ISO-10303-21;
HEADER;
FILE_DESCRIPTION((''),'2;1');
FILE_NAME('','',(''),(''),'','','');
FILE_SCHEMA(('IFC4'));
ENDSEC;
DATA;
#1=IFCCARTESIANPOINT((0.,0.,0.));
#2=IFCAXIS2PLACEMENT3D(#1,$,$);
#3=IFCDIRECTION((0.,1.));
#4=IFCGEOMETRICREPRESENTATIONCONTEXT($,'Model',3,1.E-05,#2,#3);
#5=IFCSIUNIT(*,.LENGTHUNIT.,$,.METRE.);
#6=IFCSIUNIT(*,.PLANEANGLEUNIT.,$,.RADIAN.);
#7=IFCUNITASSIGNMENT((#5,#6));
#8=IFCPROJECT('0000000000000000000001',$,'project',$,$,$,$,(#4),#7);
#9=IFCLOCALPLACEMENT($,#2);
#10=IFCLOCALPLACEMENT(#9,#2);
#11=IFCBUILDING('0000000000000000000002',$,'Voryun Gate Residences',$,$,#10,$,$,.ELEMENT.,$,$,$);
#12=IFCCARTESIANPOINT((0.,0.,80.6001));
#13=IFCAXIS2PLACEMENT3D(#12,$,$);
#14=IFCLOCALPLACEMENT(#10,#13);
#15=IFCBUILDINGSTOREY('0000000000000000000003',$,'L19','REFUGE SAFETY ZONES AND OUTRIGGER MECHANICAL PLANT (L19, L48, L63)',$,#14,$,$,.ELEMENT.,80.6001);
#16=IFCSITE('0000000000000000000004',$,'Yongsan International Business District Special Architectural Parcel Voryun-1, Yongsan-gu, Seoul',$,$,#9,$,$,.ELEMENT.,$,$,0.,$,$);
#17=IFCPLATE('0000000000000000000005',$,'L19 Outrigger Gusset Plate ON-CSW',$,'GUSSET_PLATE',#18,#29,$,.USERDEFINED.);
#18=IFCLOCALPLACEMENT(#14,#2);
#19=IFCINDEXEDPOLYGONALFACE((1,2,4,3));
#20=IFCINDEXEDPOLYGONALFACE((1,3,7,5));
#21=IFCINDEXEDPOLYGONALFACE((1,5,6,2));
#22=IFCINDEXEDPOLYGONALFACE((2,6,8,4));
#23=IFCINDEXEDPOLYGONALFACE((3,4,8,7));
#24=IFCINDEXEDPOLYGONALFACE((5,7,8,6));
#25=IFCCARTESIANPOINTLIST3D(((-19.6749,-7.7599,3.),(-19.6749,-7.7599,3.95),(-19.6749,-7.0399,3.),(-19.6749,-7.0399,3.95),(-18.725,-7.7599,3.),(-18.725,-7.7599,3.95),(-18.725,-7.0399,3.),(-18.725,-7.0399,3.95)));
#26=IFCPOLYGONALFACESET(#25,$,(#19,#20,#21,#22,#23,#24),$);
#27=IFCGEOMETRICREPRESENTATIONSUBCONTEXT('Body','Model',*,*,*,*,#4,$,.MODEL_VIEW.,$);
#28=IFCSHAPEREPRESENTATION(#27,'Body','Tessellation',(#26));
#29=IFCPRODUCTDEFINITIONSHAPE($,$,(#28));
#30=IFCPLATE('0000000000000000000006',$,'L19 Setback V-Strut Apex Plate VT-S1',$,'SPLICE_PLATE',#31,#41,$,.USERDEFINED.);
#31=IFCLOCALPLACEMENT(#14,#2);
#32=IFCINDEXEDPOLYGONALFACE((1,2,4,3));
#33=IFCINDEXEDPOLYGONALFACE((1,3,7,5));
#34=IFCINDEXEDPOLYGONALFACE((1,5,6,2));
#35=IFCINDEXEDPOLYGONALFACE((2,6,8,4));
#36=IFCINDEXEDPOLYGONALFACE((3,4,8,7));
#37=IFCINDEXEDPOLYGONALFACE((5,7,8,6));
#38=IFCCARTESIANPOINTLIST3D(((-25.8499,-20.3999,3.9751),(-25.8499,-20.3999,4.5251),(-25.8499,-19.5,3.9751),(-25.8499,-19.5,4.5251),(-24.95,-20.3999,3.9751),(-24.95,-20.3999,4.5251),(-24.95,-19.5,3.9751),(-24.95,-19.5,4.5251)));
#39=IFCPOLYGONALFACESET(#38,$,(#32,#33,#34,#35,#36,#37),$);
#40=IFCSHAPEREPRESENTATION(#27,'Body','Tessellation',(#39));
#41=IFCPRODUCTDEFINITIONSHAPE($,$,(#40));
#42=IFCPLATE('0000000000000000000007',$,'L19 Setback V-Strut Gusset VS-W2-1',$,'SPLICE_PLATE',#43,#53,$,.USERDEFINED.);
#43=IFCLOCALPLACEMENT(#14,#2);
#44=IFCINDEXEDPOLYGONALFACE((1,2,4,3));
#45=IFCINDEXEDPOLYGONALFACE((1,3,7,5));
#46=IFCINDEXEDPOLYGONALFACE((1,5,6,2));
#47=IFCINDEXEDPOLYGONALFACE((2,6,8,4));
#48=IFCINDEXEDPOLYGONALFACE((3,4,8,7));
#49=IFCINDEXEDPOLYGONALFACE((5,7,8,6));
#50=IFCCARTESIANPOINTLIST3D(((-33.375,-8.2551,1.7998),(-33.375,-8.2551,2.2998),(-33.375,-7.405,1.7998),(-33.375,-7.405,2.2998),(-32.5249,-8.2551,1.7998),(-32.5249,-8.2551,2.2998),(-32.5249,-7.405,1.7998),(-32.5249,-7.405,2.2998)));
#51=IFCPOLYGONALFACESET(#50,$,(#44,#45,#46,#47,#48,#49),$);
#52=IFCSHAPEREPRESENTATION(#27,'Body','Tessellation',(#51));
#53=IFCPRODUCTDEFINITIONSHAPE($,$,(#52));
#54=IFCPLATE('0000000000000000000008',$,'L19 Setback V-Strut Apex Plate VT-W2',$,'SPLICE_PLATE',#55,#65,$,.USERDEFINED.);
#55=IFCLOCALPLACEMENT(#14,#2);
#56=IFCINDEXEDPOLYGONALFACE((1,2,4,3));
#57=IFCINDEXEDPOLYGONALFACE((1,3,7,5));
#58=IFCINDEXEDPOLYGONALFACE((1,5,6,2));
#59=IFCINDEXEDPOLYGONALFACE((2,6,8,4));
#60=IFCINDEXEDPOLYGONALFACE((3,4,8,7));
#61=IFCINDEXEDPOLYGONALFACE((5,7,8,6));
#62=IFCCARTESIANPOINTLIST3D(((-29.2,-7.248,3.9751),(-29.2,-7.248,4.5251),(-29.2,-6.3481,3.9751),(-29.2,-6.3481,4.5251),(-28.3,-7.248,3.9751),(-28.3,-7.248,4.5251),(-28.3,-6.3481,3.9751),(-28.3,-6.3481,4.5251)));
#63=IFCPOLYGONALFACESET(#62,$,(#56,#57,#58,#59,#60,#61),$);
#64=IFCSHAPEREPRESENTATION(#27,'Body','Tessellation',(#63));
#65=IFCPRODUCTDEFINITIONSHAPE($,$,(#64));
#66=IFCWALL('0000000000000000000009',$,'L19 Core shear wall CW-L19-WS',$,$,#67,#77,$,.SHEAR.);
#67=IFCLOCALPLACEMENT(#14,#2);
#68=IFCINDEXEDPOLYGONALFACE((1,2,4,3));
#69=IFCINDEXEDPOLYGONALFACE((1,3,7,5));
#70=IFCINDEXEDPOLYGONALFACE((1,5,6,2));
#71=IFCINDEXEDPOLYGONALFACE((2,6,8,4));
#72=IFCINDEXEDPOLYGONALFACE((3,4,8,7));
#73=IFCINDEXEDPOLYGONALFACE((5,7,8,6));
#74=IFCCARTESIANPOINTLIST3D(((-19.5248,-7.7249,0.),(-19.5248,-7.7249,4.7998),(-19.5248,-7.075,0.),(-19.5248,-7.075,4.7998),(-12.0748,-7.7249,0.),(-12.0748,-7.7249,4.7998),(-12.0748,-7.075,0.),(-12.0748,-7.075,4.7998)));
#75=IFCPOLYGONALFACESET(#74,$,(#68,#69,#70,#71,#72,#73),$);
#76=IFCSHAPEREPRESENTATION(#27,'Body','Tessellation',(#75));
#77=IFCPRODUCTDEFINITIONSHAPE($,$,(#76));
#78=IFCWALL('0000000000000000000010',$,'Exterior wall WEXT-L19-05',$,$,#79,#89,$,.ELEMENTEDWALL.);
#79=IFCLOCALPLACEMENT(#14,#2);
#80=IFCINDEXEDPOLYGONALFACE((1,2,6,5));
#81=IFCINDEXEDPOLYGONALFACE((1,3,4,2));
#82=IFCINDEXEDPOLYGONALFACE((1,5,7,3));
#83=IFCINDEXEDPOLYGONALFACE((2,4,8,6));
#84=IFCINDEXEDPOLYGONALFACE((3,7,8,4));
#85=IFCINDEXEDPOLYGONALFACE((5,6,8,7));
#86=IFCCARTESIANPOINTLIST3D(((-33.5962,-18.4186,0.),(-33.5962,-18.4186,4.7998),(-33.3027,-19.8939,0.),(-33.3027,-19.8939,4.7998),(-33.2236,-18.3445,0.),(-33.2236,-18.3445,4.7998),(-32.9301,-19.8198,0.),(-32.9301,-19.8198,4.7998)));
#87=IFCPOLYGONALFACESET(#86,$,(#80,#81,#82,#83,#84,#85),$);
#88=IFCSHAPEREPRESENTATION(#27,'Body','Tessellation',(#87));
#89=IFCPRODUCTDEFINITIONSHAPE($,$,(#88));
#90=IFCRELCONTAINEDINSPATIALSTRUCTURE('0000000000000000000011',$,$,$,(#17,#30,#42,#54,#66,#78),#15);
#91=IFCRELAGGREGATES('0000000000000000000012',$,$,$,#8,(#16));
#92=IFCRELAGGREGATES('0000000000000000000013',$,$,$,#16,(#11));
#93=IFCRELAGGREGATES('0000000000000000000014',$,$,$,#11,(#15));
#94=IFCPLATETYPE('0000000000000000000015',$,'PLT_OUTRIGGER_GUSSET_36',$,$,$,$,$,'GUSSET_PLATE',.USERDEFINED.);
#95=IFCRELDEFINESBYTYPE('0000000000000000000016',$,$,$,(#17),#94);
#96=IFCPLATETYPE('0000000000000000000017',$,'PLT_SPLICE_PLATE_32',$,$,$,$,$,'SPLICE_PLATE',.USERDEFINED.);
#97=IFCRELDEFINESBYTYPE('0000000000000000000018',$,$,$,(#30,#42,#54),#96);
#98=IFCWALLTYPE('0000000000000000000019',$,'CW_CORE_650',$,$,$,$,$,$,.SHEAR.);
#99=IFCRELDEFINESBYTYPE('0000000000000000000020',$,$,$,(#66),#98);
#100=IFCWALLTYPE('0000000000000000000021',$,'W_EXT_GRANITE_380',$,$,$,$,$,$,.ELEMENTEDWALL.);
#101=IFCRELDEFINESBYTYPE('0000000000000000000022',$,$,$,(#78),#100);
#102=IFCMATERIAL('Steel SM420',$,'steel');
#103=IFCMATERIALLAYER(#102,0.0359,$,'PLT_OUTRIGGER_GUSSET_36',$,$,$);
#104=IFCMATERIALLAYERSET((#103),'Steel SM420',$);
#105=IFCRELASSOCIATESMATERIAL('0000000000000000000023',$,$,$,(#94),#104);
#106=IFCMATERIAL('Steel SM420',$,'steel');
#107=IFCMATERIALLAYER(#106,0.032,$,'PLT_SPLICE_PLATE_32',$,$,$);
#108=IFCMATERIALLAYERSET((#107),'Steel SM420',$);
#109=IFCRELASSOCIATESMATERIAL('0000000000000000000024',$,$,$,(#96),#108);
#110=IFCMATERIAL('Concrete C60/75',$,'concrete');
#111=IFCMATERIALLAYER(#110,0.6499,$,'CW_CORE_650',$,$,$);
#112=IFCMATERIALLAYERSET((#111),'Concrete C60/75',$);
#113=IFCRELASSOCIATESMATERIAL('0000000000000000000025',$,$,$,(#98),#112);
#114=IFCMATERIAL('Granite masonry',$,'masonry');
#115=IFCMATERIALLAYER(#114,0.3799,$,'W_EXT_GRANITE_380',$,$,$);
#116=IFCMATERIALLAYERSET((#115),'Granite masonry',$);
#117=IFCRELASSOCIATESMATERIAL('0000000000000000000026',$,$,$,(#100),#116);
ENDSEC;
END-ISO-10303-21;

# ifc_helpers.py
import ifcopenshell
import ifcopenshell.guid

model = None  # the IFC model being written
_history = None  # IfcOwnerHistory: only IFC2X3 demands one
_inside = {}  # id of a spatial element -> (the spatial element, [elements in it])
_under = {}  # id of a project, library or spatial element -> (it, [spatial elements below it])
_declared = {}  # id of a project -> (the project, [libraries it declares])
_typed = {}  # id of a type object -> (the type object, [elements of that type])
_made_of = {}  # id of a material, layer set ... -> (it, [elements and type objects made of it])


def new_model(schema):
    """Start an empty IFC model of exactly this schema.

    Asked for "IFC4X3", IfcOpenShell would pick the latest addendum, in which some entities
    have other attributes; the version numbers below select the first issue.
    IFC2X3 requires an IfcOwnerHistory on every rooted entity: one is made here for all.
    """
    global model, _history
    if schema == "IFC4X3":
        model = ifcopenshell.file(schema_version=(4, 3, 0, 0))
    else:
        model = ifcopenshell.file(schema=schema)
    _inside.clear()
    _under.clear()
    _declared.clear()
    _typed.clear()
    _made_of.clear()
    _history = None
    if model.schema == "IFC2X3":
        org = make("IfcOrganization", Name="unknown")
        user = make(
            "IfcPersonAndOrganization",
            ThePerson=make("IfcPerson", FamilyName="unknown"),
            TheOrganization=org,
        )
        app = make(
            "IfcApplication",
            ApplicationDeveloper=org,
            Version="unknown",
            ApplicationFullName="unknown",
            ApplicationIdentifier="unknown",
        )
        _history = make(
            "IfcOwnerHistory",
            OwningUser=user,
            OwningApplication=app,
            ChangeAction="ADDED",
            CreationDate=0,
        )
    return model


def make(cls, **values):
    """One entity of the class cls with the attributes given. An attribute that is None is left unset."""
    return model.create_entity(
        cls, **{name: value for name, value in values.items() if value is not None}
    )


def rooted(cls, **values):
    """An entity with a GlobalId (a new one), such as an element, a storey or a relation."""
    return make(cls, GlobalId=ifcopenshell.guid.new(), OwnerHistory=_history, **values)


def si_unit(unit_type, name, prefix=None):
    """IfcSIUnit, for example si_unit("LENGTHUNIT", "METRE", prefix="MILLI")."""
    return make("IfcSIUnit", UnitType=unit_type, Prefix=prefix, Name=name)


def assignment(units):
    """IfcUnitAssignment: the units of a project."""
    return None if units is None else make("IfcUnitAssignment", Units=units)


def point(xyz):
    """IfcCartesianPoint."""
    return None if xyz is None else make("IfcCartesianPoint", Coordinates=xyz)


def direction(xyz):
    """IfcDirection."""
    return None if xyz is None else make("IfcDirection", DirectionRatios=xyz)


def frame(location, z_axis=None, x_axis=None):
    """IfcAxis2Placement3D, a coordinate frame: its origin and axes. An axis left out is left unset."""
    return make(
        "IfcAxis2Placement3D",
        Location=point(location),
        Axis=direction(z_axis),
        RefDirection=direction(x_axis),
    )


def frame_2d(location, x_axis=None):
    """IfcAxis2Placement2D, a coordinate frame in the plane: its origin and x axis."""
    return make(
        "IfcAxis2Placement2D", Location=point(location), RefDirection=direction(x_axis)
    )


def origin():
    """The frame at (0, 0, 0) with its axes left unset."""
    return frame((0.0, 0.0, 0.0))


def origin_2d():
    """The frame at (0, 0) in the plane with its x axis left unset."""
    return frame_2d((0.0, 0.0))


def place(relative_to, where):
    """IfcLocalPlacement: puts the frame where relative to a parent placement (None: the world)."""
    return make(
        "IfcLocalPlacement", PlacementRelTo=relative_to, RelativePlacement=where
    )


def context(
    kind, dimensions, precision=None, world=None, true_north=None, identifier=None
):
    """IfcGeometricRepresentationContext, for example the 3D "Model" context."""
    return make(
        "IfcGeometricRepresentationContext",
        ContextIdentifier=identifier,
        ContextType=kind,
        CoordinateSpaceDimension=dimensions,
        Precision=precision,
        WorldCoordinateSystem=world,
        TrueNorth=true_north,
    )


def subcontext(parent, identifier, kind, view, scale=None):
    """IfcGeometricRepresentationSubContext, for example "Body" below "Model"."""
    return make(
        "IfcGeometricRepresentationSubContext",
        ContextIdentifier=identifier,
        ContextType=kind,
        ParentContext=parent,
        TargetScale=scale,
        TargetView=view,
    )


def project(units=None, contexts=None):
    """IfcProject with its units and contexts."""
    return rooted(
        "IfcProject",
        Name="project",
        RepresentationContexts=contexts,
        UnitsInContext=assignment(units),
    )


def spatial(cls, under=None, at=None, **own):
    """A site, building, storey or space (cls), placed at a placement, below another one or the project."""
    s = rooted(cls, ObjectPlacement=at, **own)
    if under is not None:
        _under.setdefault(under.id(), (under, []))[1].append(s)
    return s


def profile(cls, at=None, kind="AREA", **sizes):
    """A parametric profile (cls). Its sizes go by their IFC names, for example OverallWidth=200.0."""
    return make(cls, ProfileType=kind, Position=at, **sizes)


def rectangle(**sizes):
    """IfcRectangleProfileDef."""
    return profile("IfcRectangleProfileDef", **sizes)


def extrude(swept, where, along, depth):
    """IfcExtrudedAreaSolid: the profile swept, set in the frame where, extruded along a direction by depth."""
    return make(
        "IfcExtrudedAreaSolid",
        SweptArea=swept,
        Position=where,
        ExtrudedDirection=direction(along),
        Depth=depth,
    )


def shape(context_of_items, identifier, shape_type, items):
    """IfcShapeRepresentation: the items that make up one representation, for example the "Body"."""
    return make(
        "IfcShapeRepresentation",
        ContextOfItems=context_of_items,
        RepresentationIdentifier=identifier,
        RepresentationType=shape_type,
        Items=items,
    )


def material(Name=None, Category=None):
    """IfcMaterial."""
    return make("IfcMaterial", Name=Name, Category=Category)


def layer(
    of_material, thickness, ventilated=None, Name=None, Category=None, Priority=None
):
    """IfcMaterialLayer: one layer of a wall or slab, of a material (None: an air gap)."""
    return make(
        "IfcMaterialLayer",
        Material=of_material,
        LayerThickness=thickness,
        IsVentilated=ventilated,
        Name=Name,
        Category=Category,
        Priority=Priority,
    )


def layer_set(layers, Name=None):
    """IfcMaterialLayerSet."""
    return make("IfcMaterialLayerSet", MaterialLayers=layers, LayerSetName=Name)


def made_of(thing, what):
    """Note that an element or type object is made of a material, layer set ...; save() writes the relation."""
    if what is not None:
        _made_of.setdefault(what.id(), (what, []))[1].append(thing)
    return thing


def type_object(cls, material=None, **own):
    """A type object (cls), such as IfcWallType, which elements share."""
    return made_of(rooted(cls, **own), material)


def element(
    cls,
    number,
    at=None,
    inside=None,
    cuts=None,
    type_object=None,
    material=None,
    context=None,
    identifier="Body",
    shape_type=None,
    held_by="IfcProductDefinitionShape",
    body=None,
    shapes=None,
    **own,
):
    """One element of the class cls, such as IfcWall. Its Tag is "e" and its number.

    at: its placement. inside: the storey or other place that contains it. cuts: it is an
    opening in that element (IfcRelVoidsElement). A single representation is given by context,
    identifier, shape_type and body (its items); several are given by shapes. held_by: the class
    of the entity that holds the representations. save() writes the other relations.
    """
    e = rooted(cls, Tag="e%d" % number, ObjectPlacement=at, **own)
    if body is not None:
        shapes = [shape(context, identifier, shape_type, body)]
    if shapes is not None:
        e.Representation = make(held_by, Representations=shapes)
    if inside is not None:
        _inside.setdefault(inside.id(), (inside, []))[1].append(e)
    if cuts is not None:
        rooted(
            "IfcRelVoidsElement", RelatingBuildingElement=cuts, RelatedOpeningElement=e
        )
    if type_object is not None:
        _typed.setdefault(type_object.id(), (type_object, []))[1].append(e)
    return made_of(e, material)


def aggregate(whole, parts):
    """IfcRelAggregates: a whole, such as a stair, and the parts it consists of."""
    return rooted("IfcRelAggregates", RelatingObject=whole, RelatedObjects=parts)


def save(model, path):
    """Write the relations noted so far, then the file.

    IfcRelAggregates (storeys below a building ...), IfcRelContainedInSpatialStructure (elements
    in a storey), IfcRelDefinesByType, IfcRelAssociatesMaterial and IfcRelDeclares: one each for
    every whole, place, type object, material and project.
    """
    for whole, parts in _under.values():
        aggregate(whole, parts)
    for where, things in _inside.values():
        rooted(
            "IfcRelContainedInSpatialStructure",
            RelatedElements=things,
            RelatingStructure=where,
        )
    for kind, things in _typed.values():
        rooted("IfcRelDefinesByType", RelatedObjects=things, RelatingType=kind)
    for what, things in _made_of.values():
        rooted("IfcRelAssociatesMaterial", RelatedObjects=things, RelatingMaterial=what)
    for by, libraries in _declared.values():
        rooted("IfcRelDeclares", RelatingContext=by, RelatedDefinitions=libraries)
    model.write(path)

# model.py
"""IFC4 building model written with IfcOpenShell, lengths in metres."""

from ifc_helpers import new_model, si_unit, direction, frame, frame_2d, origin, origin_2d, place, context, subcontext, project, spatial, rectangle, extrude, material, layer, layer_set, type_object, element, save


model = new_model("IFC4")

# Units and contexts
model_context = context("Model", 3, precision=1e-05, world=origin(), true_north=direction((0.0, 1.0)))
body_context = subcontext(model_context, "Body", "Model", "MODEL_VIEW")
ifc_project = project(units=[si_unit("LENGTHUNIT", "METRE"), si_unit("PLANEANGLEUNIT", "RADIAN")], contexts=[model_context])

# Site, building, storey
site_placement = place(None, origin())
site = spatial("IfcSite", under=ifc_project, at=site_placement, Name="Yongsan International Business District Special Architectural Parcel Voryun-1, Yongsan-gu, Seoul", CompositionType="ELEMENT", RefElevation=0.0)
building_placement = place(site_placement, origin())
building = spatial("IfcBuilding", under=site, at=building_placement, Name="Voryun Gate Residences", CompositionType="ELEMENT")
storey_placement = place(building_placement, frame((0.0, 0.0, 80.6001)))
storey = spatial("IfcBuildingStorey", under=building, at=storey_placement, Name="L19", Description="REFUGE SAFETY ZONES AND OUTRIGGER MECHANICAL PLANT (L19, L48, L63)", CompositionType="ELEMENT", Elevation=80.6001)

# Plates
ifc_material_1 = material(Name="Steel SM420", Category="steel")
ifc_layer_1 = layer(ifc_material_1, 0.0359, Name="PLT_OUTRIGGER_GUSSET_36")
ifc_layer_set_1 = layer_set([ifc_layer_1], Name="Steel SM420")
plate_type_1 = type_object("IfcPlateType", Name="PLT_OUTRIGGER_GUSSET_36", ElementType="GUSSET_PLATE", PredefinedType="USERDEFINED", material=ifc_layer_set_1)
plate_1_placement = place(storey_placement, frame((-19.2, -7.3999, 3.0), z_axis=(0.0, 0.0, 1.0), x_axis=(1.0, 0.0, 0.0)))
element("IfcPlate", 1, at=plate_1_placement, inside=storey, type_object=plate_type_1, Name="L19 Outrigger Gusset Plate ON-CSW", ObjectType="GUSSET_PLATE", PredefinedType="USERDEFINED", context=body_context, shape_type="SweptSolid", body=[
    extrude(rectangle(XDim=0.95, YDim=0.72, at=origin_2d()), origin(), (0.0, 0.0, 1.0), 0.95),
])
ifc_material_2 = material(Name="Steel SM420", Category="steel")
ifc_layer_2 = layer(ifc_material_2, 0.032, Name="PLT_SPLICE_PLATE_32")
ifc_layer_set_2 = layer_set([ifc_layer_2], Name="Steel SM420")
plate_type_2 = type_object("IfcPlateType", Name="PLT_SPLICE_PLATE_32", ElementType="SPLICE_PLATE", PredefinedType="USERDEFINED", material=ifc_layer_set_2)
plate_2_placement = place(storey_placement, frame((-25.3999, -19.95, 3.9751), z_axis=(0.0, 0.0, 1.0), x_axis=(1.0, 0.0, 0.0)))
element("IfcPlate", 2, at=plate_2_placement, inside=storey, type_object=plate_type_2, Name="L19 Setback V-Strut Apex Plate VT-S1", ObjectType="SPLICE_PLATE", PredefinedType="USERDEFINED", context=body_context, shape_type="SweptSolid", body=[
    extrude(rectangle(XDim=0.8999, YDim=0.8999, at=origin_2d()), origin(), (0.0, 0.0, 1.0), 0.55),
])
plate_3_placement = place(storey_placement, frame((-32.95, -7.8301, 1.7998), z_axis=(0.0, 0.0, 1.0), x_axis=(1.0, 0.0, 0.0)))
element("IfcPlate", 3, at=plate_3_placement, inside=storey, type_object=plate_type_2, Name="L19 Setback V-Strut Gusset VS-W2-1", ObjectType="SPLICE_PLATE", PredefinedType="USERDEFINED", context=body_context, shape_type="SweptSolid", body=[
    extrude(rectangle(XDim=0.8501, YDim=0.8501, at=origin_2d()), origin(), (0.0, 0.0, 1.0), 0.5),
])
plate_4_placement = place(storey_placement, frame((-28.75, -6.7981, 3.9751), z_axis=(0.0, 0.0, 1.0), x_axis=(1.0, 0.0, 0.0)))
element("IfcPlate", 4, at=plate_4_placement, inside=storey, type_object=plate_type_2, Name="L19 Setback V-Strut Apex Plate VT-W2", ObjectType="SPLICE_PLATE", PredefinedType="USERDEFINED", context=body_context, shape_type="SweptSolid", body=[
    extrude(rectangle(XDim=0.8999, YDim=0.8999, at=origin_2d()), origin(), (0.0, 0.0, 1.0), 0.55),
])

# Walls
ifc_material_3 = material(Name="Concrete C60/75", Category="concrete")
ifc_layer_3 = layer(ifc_material_3, 0.6499, Name="CW_CORE_650")
ifc_layer_set_3 = layer_set([ifc_layer_3], Name="Concrete C60/75")
wall_type_1 = type_object("IfcWallType", Name="CW_CORE_650", PredefinedType="SHEAR", material=ifc_layer_set_3)
wall_1_placement = place(storey_placement, frame((-19.5249, -7.3999, 0.0), z_axis=(0.0, 0.0, 1.0), x_axis=(1.0, 0.0, 0.0)))
element("IfcWall", 5, at=wall_1_placement, inside=storey, type_object=wall_type_1, Name="L19 Core shear wall CW-L19-WS", PredefinedType="SHEAR", context=body_context, shape_type="SweptSolid", body=[
    extrude(rectangle(XDim=7.45, YDim=0.6499, at=frame_2d((3.7251, 0.0))), origin(), (0.0, 0.0, 1.0), 4.7998),
])
ifc_material_4 = material(Name="Granite masonry", Category="masonry")
ifc_layer_4 = layer(ifc_material_4, 0.3799, Name="W_EXT_GRANITE_380")
ifc_layer_set_4 = layer_set([ifc_layer_4], Name="Granite masonry")
wall_type_2 = type_object("IfcWallType", Name="W_EXT_GRANITE_380", PredefinedType="ELEMENTEDWALL", material=ifc_layer_set_4)
wall_2_placement = place(storey_placement, frame((-33.1165, -19.8567, 0.0), z_axis=(0.0, 0.0, 1.0), x_axis=(-0.195086, 0.980786, 0.0)))
element("IfcWall", 6, at=wall_2_placement, inside=storey, type_object=wall_type_2, Name="Exterior wall WEXT-L19-05", PredefinedType="ELEMENTEDWALL", context=body_context, shape_type="SweptSolid", body=[
    extrude(rectangle(XDim=1.5042, YDim=0.3799, at=frame_2d((0.752, 0.0))), origin(), (0.0, 0.0, 1.0), 4.7998),
])

save(model, "model.ifc")
